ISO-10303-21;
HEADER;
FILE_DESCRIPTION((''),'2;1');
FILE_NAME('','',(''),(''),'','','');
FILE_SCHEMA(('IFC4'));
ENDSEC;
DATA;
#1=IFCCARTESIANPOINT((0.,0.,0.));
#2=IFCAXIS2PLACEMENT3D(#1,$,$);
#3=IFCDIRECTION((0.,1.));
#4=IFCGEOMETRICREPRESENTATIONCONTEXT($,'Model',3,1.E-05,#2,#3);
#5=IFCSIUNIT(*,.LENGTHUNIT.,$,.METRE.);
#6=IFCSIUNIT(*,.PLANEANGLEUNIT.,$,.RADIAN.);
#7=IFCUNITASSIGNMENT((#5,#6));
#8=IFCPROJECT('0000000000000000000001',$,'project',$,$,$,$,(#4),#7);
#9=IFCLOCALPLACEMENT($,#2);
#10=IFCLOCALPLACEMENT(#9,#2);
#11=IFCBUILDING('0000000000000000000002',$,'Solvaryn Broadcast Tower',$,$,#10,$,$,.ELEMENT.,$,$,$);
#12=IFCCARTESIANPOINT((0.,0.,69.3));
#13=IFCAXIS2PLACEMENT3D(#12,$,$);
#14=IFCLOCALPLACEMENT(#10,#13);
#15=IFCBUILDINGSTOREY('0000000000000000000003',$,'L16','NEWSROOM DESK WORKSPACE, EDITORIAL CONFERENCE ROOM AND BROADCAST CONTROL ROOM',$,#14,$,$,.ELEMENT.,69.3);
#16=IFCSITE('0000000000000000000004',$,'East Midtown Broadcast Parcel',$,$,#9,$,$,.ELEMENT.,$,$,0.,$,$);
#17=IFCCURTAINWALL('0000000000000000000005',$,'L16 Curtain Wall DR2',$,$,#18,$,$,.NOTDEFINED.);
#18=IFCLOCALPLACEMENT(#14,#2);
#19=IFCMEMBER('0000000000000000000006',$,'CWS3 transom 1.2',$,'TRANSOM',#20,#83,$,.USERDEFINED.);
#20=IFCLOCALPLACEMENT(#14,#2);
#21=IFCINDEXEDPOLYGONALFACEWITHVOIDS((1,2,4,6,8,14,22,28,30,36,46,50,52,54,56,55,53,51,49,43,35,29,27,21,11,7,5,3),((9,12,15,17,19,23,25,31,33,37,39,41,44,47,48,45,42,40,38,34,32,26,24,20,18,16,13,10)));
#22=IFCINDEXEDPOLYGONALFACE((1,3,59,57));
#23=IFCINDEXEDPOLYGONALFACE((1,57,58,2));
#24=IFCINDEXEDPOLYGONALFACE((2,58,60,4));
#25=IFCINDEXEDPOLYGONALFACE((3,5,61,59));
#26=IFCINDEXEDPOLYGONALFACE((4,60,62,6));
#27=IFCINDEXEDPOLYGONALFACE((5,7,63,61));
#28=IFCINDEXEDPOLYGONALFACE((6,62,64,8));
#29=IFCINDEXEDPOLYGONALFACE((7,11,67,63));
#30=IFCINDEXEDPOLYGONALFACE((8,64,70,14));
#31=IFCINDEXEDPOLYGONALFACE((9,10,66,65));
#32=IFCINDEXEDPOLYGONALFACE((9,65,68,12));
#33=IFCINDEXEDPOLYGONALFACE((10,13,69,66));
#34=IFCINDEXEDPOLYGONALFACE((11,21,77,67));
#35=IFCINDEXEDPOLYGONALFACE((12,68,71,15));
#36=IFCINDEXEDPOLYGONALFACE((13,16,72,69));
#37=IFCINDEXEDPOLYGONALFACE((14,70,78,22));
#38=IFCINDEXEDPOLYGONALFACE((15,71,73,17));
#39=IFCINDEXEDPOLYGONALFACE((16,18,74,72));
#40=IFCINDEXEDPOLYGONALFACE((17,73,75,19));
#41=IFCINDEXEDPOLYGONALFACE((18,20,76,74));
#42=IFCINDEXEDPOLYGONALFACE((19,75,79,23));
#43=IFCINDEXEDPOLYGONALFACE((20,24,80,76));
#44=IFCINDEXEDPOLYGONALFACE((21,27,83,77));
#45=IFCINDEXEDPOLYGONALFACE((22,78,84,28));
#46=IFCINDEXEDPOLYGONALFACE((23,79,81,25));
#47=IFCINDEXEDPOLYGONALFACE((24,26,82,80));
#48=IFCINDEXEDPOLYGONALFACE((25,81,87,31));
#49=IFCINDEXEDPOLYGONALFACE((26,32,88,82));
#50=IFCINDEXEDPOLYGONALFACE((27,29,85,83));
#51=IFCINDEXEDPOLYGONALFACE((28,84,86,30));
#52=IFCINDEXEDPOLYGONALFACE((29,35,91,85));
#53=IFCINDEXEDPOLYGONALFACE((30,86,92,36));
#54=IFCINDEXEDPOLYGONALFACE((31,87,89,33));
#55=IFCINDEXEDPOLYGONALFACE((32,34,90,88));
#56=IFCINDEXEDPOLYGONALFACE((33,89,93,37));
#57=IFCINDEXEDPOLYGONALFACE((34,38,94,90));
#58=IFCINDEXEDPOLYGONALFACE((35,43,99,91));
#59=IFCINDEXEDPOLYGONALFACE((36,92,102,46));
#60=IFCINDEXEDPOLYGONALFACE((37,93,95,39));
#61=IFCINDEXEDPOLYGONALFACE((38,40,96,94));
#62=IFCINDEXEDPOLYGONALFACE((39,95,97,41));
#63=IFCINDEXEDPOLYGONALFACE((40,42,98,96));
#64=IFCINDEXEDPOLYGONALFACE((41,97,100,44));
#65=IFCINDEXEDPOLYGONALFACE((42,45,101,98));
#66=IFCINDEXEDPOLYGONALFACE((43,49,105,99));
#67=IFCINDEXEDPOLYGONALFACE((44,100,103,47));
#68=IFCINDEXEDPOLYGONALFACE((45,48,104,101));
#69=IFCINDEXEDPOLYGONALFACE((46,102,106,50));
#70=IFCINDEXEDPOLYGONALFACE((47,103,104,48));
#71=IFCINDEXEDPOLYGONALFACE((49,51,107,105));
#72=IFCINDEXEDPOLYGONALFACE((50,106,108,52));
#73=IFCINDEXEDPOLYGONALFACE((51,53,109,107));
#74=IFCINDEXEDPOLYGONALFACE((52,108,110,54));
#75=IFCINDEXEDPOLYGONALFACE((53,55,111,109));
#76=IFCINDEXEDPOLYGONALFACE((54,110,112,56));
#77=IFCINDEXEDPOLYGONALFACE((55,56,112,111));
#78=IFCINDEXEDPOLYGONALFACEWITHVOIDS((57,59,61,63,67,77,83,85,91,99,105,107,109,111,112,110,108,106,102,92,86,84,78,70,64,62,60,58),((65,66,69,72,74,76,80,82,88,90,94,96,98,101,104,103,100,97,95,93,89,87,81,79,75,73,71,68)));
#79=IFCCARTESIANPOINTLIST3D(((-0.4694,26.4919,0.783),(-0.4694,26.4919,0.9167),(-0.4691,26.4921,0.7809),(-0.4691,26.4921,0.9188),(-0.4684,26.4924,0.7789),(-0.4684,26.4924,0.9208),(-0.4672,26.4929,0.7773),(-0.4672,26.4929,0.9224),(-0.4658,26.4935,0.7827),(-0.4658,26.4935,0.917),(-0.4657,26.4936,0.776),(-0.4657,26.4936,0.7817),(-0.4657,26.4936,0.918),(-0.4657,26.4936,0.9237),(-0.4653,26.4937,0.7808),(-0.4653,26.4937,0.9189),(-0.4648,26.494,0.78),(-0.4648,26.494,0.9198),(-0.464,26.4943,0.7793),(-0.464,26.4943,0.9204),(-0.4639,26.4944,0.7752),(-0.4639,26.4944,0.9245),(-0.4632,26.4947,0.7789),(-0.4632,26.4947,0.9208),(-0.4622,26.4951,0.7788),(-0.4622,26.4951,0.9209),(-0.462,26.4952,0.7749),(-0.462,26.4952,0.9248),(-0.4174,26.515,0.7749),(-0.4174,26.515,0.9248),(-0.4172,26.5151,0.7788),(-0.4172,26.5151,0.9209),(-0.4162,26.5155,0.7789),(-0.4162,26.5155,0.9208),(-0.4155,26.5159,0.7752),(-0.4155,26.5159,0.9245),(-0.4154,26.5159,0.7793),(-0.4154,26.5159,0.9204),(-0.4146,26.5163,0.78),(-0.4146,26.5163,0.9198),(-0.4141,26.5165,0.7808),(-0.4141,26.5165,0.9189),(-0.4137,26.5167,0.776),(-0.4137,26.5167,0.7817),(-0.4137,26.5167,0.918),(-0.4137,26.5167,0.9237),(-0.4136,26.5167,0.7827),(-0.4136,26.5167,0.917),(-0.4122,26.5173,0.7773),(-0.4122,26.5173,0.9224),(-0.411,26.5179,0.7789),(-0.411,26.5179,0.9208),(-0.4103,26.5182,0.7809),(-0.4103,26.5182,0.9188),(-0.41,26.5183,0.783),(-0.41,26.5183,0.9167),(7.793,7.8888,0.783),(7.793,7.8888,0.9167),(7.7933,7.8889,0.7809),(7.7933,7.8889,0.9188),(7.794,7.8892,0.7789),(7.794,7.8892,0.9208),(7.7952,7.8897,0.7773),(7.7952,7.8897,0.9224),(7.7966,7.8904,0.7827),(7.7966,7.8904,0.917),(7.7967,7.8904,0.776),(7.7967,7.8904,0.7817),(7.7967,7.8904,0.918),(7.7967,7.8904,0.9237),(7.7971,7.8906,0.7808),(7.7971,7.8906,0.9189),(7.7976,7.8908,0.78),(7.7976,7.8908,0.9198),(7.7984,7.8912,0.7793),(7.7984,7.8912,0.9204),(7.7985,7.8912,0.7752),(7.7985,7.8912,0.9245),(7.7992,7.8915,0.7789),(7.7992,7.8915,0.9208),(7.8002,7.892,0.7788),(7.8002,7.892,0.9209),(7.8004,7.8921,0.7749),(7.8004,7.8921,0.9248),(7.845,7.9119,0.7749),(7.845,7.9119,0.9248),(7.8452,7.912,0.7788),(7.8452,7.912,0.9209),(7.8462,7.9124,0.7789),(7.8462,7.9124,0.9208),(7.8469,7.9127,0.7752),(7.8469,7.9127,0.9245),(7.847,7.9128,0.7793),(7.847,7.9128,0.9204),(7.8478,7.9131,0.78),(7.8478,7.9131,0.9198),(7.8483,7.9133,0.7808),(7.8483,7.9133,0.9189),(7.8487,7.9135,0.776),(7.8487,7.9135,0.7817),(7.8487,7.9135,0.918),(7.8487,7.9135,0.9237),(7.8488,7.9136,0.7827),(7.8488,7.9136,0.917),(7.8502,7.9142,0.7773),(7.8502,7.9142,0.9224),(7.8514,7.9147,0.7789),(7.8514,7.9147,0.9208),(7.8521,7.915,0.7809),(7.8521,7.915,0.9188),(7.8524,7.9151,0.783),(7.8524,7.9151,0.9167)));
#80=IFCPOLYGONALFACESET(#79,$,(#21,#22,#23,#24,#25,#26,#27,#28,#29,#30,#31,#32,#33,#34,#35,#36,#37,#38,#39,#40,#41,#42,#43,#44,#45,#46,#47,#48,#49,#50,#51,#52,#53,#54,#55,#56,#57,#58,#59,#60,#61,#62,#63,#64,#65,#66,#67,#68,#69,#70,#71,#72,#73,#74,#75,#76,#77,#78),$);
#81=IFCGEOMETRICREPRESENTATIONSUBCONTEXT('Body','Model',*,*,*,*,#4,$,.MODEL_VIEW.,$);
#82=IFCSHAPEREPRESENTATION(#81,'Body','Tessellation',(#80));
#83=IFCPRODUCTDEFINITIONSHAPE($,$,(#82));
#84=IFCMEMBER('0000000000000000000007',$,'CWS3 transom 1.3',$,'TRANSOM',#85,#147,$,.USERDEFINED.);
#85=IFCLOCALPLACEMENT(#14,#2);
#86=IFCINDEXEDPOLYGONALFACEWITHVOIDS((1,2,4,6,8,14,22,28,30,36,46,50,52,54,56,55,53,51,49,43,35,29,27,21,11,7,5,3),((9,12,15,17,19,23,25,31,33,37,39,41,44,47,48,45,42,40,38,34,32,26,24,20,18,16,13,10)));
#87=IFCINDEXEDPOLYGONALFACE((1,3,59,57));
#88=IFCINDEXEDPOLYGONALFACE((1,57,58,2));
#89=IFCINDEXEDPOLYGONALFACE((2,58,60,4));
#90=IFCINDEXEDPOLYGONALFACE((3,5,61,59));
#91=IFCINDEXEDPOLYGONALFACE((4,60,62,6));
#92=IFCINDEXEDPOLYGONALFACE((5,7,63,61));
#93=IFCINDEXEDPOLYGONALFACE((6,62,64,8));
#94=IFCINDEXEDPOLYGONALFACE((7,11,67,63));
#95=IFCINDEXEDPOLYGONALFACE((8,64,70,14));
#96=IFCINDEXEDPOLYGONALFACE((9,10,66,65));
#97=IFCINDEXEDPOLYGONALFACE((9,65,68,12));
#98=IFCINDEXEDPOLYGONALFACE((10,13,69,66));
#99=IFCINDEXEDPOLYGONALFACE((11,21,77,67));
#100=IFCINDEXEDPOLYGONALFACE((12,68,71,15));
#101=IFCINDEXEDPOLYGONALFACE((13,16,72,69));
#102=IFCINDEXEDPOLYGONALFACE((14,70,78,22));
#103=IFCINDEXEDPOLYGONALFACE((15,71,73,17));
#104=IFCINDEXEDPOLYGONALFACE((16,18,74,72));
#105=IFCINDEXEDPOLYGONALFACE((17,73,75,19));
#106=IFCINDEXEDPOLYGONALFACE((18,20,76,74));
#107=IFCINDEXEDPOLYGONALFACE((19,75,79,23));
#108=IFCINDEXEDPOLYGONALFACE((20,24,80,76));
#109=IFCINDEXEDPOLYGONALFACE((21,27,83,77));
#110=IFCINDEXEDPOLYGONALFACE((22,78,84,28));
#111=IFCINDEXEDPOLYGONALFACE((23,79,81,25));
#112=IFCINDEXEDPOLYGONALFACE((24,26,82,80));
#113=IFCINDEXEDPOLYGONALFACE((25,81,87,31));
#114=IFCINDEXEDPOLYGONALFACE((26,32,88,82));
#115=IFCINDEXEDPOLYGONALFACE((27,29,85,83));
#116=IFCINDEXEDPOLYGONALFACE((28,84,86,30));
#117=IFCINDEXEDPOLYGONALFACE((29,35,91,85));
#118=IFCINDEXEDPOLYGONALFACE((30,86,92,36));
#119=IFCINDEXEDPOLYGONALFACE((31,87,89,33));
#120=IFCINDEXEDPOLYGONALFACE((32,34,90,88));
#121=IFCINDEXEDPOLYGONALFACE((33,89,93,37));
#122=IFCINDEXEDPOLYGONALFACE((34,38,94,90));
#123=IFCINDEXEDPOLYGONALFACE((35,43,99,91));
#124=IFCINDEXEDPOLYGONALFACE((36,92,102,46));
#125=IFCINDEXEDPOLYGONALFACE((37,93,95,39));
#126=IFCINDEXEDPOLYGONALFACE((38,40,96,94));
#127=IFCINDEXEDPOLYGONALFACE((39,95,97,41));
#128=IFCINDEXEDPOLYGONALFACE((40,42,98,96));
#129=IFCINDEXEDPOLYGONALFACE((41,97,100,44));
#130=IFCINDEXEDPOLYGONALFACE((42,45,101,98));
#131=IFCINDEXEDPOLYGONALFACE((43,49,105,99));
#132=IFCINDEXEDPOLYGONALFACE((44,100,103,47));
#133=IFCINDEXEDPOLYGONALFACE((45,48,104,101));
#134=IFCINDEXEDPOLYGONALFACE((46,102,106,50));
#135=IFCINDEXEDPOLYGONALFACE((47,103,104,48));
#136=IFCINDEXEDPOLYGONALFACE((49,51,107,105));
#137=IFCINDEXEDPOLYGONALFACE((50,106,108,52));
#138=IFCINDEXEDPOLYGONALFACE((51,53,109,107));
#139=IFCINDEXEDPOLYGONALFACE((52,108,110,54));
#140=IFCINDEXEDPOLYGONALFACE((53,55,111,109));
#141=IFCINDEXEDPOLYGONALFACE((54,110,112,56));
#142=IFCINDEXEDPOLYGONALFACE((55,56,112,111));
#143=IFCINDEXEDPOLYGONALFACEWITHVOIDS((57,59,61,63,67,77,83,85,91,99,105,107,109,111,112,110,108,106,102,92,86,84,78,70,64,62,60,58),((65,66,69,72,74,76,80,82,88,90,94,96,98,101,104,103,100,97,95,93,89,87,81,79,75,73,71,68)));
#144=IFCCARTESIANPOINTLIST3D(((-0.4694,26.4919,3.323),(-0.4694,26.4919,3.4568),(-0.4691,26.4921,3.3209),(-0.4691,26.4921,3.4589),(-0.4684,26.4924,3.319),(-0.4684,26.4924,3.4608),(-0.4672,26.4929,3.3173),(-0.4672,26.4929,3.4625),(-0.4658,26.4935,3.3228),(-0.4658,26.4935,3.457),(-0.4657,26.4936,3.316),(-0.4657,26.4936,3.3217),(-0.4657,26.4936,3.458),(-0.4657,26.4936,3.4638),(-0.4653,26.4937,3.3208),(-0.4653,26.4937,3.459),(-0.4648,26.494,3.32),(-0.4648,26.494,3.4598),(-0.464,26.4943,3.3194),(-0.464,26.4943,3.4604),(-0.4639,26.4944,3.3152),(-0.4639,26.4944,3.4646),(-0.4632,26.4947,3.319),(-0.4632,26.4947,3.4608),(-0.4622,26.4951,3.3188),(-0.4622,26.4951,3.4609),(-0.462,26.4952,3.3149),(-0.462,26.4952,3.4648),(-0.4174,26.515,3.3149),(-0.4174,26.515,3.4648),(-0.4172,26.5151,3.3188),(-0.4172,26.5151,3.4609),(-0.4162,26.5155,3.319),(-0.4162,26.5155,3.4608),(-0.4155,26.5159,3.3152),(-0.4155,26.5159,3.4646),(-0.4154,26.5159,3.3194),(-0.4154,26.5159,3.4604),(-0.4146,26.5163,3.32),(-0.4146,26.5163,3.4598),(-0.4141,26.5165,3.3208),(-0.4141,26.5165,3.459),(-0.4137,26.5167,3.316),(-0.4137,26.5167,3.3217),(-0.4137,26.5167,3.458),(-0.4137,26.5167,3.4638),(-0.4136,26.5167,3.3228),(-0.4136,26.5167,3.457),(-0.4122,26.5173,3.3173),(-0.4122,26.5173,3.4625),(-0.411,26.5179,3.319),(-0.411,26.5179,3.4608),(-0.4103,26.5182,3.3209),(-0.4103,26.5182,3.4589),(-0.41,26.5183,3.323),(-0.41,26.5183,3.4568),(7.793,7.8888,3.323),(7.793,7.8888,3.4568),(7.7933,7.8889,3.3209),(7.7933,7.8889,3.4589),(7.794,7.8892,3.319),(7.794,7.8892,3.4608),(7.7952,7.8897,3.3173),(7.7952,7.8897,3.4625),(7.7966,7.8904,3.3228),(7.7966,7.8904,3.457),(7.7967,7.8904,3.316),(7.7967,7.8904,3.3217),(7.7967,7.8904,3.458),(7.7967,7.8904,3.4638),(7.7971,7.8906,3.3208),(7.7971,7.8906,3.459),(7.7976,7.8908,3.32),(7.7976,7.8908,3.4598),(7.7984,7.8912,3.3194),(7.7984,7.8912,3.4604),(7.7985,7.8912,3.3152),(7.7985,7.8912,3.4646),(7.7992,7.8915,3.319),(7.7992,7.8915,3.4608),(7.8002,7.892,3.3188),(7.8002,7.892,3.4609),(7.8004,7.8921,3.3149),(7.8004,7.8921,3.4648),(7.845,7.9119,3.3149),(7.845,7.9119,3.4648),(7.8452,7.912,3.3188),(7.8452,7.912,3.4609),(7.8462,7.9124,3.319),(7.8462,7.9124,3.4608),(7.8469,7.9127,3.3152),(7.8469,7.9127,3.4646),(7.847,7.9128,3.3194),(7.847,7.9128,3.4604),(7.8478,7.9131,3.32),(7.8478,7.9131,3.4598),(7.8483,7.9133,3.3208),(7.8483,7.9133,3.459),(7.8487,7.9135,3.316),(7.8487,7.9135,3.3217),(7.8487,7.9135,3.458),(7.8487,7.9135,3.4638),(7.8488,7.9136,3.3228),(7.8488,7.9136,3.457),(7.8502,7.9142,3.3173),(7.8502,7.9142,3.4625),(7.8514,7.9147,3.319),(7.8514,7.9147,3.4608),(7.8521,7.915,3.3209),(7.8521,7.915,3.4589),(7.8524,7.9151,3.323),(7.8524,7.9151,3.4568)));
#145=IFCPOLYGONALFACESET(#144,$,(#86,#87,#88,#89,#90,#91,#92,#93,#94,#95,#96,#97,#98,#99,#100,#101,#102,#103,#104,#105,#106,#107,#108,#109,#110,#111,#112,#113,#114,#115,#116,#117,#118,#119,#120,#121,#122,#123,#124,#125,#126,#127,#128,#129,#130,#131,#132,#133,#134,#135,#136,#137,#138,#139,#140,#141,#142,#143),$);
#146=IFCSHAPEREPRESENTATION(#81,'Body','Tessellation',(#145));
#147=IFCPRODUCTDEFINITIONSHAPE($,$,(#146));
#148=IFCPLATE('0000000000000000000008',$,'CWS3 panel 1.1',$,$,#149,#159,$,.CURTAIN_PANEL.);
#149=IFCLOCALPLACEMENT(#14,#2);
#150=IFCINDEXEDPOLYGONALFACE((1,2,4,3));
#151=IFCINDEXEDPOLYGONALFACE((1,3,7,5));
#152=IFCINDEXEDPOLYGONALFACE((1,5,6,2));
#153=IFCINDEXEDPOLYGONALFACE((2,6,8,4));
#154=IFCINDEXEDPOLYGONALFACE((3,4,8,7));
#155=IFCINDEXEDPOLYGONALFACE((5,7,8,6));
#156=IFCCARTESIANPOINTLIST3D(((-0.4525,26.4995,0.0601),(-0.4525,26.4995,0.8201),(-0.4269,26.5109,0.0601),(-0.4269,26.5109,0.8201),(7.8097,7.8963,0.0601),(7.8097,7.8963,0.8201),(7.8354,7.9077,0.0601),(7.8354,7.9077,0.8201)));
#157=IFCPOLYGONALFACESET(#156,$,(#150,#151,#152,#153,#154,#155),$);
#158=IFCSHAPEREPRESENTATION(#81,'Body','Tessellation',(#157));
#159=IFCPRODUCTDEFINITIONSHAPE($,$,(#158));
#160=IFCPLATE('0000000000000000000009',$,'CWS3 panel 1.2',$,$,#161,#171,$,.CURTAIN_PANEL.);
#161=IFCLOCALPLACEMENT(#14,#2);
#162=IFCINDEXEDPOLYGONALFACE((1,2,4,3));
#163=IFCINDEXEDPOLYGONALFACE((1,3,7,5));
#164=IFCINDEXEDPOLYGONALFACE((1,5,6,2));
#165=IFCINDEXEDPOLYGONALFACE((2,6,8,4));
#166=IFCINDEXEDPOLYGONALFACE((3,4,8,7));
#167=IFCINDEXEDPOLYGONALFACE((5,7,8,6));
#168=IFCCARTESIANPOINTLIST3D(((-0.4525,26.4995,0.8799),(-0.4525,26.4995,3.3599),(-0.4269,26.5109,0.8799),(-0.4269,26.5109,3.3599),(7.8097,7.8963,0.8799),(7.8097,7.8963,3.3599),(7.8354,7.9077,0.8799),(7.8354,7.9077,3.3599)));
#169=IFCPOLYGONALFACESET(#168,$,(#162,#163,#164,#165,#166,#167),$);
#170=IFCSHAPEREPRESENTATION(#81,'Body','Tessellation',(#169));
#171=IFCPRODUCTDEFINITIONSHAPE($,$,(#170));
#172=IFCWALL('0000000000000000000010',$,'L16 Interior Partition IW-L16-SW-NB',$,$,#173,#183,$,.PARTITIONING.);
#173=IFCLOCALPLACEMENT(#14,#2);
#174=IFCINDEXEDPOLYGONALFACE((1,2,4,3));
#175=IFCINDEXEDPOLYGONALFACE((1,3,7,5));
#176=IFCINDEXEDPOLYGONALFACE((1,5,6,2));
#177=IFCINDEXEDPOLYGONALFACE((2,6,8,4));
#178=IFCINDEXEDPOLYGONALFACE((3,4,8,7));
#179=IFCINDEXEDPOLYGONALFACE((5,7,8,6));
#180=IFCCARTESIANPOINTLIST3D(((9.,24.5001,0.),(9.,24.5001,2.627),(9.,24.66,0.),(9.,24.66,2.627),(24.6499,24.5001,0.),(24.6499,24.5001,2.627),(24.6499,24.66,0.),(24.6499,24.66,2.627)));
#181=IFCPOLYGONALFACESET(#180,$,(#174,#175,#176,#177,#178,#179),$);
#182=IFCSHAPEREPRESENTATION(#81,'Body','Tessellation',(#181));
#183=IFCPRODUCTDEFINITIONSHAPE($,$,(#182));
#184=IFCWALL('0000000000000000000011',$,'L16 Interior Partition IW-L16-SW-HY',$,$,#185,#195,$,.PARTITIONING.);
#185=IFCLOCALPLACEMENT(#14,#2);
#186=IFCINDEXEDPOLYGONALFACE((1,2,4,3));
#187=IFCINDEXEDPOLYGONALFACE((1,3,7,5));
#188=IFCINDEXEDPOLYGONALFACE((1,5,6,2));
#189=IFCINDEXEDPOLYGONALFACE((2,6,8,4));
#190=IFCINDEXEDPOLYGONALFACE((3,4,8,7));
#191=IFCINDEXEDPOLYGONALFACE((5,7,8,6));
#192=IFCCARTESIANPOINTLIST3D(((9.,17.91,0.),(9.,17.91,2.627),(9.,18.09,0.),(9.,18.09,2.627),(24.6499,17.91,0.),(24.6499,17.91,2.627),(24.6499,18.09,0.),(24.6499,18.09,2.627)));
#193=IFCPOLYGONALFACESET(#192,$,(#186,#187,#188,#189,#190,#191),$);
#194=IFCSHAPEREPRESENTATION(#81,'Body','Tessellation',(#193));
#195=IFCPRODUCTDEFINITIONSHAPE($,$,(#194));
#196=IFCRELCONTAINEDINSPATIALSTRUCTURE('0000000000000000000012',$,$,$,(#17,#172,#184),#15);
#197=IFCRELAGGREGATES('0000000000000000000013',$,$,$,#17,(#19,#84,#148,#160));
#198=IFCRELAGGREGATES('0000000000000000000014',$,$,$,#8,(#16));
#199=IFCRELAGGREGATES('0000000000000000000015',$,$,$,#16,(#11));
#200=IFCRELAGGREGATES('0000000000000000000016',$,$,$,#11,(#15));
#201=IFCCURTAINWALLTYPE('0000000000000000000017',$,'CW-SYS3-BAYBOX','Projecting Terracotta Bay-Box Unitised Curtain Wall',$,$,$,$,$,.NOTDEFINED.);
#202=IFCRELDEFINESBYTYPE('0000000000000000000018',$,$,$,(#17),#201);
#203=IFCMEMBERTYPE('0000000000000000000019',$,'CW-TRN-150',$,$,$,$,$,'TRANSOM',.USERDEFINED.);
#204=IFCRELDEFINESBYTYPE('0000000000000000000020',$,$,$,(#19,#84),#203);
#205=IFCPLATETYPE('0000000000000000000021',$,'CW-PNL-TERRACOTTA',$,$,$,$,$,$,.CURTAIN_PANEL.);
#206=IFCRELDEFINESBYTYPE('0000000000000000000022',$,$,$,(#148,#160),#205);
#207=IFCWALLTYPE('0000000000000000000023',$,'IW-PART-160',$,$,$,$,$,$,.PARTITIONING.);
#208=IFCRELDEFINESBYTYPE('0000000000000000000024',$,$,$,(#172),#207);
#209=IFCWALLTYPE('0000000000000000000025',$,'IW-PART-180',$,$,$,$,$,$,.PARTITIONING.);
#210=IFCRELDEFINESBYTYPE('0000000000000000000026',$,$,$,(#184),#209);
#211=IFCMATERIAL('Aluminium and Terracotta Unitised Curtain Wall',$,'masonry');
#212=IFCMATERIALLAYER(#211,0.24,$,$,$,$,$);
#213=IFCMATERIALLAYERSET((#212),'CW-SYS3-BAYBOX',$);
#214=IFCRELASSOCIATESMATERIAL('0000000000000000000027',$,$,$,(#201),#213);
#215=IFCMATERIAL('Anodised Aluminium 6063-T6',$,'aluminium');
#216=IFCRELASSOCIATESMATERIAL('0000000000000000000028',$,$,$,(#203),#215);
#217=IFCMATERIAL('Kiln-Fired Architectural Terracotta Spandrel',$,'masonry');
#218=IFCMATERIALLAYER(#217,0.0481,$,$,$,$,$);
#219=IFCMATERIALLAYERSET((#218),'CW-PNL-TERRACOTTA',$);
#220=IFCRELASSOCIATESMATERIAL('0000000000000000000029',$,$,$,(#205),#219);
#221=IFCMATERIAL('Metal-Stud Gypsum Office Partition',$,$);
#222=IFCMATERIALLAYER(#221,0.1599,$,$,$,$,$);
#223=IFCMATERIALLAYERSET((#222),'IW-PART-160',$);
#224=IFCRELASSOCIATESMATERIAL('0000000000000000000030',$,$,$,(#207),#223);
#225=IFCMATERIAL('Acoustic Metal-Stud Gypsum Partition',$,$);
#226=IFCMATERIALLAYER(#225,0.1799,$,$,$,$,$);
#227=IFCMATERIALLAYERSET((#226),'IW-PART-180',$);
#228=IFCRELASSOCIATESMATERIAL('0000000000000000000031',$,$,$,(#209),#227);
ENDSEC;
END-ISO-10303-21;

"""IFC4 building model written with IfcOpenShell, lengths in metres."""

from ifc_helpers import new_model, si_unit, direction, frame, frame_2d, origin, origin_2d, place, context, subcontext, project, spatial, rectangle, hollow_rectangle, extrude, material, layer, layer_set, material_profile, profile_set, type_object, element, aggregate, save


model = new_model("IFC4")

# Units and contexts
model_context = context("Model", 3, precision=1e-05, world=origin(), true_north=direction((0.0, 1.0)))
body_context = subcontext(model_context, "Body", "Model", "MODEL_VIEW")
ifc_project = project(units=[si_unit("LENGTHUNIT", "METRE"), si_unit("PLANEANGLEUNIT", "RADIAN")], contexts=[model_context])

# Site, building, storey
site_placement = place(None, origin())
site = spatial("IfcSite", under=ifc_project, at=site_placement, Name="East Midtown Broadcast Parcel", CompositionType="ELEMENT", RefElevation=0.0)
building_placement = place(site_placement, origin())
building = spatial("IfcBuilding", under=site, at=building_placement, Name="Solvaryn Broadcast Tower", CompositionType="ELEMENT")
storey_placement = place(building_placement, frame((0.0, 0.0, 69.3)))
storey = spatial("IfcBuildingStorey", under=building, at=storey_placement, Name="L16", Description="NEWSROOM DESK WORKSPACE, EDITORIAL CONFERENCE ROOM AND BROADCAST CONTROL ROOM", CompositionType="ELEMENT", Elevation=69.3)

# Curtain wall, members, plates
ifc_material_1 = material(Name="Aluminium and Terracotta Unitised Curtain Wall", Category="masonry")
ifc_layer_1 = layer(ifc_material_1, 0.24)
ifc_layer_set_1 = layer_set([ifc_layer_1], Name="CW-SYS3-BAYBOX")
curtain_wall_type_1 = type_object("IfcCurtainWallType", Name="CW-SYS3-BAYBOX", Description="Projecting Terracotta Bay-Box Unitised Curtain Wall", PredefinedType="NOTDEFINED", material=ifc_layer_set_1)
curtain_wall_1_placement = place(storey_placement, origin())
curtain_wall_1 = element("IfcCurtainWall", 1, at=curtain_wall_1_placement, inside=storey, type_object=curtain_wall_type_1, Name="L16 Curtain Wall DR2", PredefinedType="NOTDEFINED")
ifc_material_2 = material(Name="Anodised Aluminium 6063-T6", Category="aluminium")
ifc_material_profile_1 = material_profile(ifc_material_2, hollow_rectangle(XDim=0.0649, YDim=0.1499, WallThickness=0.0039, InnerFilletRadius=0.0039, OuterFilletRadius=0.0081, at=origin_2d()))
ifc_profile_set_1 = profile_set([ifc_material_profile_1], Name="Anodised Aluminium 6063-T6")
member_type_1 = type_object("IfcMemberType", Name="CW-TRN-150", ElementType="TRANSOM", PredefinedType="USERDEFINED", material=ifc_profile_set_1)
member_1_placement = place(storey_placement, frame((-0.4397, 26.5051, 0.8499), z_axis=(0.405906, -0.913915, 0.0), x_axis=(0.913915, 0.405906, 0.0)))
member_1 = element("IfcMember", 2, at=member_1_placement, type_object=member_type_1, Name="CWS3 transom 1.2", ObjectType="TRANSOM", PredefinedType="USERDEFINED", context=body_context, shape_type="SweptSolid", body=[
    extrude(hollow_rectangle(XDim=0.0649, YDim=0.1499, WallThickness=0.0039, InnerFilletRadius=0.0039, OuterFilletRadius=0.0081, at=origin_2d()), origin(), (0.0, 0.0, 1.0), 20.3555),
])
member_2_placement = place(storey_placement, frame((-0.4397, 26.5051, 3.3899), z_axis=(0.405906, -0.913915, 0.0), x_axis=(0.913915, 0.405906, 0.0)))
member_2 = element("IfcMember", 3, at=member_2_placement, type_object=member_type_1, Name="CWS3 transom 1.3", ObjectType="TRANSOM", PredefinedType="USERDEFINED", context=body_context, shape_type="SweptSolid", body=[
    extrude(hollow_rectangle(XDim=0.0649, YDim=0.1499, WallThickness=0.0039, InnerFilletRadius=0.0039, OuterFilletRadius=0.0081, at=origin_2d()), origin(), (0.0, 0.0, 1.0), 20.3555),
])
ifc_material_3 = material(Name="Kiln-Fired Architectural Terracotta Spandrel", Category="masonry")
ifc_layer_2 = layer(ifc_material_3, 0.0481)
ifc_layer_set_2 = layer_set([ifc_layer_2], Name="CW-PNL-TERRACOTTA")
plate_type = type_object("IfcPlateType", Name="CW-PNL-TERRACOTTA", PredefinedType="CURTAIN_PANEL", material=ifc_layer_set_2)
plate_1_placement = place(storey_placement, frame((3.6914, 17.2036, 0.0601), z_axis=(0.0, 0.0, 1.0), x_axis=(0.405898, -0.913918, 0.0)))
plate_1 = element("IfcPlate", 4, at=plate_1_placement, type_object=plate_type, Name="CWS3 panel 1.1", PredefinedType="CURTAIN_PANEL", context=body_context, shape_type="SweptSolid", body=[
    extrude(rectangle(XDim=20.3555, YDim=0.0281, at=origin_2d()), origin(), (0.0, 0.0, 1.0), 0.76),
])
plate_2_placement = place(storey_placement, frame((3.6914, 17.2036, 0.8799), z_axis=(0.0, 0.0, 1.0), x_axis=(0.405898, -0.913918, 0.0)))
plate_2 = element("IfcPlate", 5, at=plate_2_placement, type_object=plate_type, Name="CWS3 panel 1.2", PredefinedType="CURTAIN_PANEL", context=body_context, shape_type="SweptSolid", body=[
    extrude(rectangle(XDim=20.3555, YDim=0.0281, at=origin_2d()), origin(), (0.0, 0.0, 1.0), 2.48),
])
aggregate(curtain_wall_1, [member_1, member_2, plate_1, plate_2])

# Shared definitions
ifc_material_4 = material(Name="Metal-Stud Gypsum Office Partition")
ifc_layer_3 = layer(ifc_material_4, 0.1599)
ifc_layer_set_3 = layer_set([ifc_layer_3], Name="IW-PART-160")
wall_type_1 = type_object("IfcWallType", Name="IW-PART-160", PredefinedType="PARTITIONING", material=ifc_layer_set_3)

# Walls
wall_1_placement = place(storey_placement, frame((9.0, 24.5801, 0.0), z_axis=(0.0, 0.0, 1.0), x_axis=(1.0, 0.0, 0.0)))
element("IfcWall", 6, at=wall_1_placement, inside=storey, type_object=wall_type_1, Name="L16 Interior Partition IW-L16-SW-NB", PredefinedType="PARTITIONING", context=body_context, shape_type="SweptSolid", body=[
    extrude(rectangle(XDim=15.6499, YDim=0.1599, at=frame_2d((7.825, 0.0))), origin(), (0.0, 0.0, 1.0), 2.627),
])
ifc_material_5 = material(Name="Acoustic Metal-Stud Gypsum Partition")
ifc_layer_4 = layer(ifc_material_5, 0.1799)
ifc_layer_set_4 = layer_set([ifc_layer_4], Name="IW-PART-180")
wall_type_2 = type_object("IfcWallType", Name="IW-PART-180", PredefinedType="PARTITIONING", material=ifc_layer_set_4)
wall_2_placement = place(storey_placement, frame((9.0, 18.0, 0.0), z_axis=(0.0, 0.0, 1.0), x_axis=(1.0, 0.0, 0.0)))
element("IfcWall", 7, at=wall_2_placement, inside=storey, type_object=wall_type_2, Name="L16 Interior Partition IW-L16-SW-HY", PredefinedType="PARTITIONING", context=body_context, shape_type="SweptSolid", body=[
    extrude(rectangle(XDim=15.6499, YDim=0.1799, at=frame_2d((7.825, 0.0))), origin(), (0.0, 0.0, 1.0), 2.627),
])

save(model, "model.ifc")
